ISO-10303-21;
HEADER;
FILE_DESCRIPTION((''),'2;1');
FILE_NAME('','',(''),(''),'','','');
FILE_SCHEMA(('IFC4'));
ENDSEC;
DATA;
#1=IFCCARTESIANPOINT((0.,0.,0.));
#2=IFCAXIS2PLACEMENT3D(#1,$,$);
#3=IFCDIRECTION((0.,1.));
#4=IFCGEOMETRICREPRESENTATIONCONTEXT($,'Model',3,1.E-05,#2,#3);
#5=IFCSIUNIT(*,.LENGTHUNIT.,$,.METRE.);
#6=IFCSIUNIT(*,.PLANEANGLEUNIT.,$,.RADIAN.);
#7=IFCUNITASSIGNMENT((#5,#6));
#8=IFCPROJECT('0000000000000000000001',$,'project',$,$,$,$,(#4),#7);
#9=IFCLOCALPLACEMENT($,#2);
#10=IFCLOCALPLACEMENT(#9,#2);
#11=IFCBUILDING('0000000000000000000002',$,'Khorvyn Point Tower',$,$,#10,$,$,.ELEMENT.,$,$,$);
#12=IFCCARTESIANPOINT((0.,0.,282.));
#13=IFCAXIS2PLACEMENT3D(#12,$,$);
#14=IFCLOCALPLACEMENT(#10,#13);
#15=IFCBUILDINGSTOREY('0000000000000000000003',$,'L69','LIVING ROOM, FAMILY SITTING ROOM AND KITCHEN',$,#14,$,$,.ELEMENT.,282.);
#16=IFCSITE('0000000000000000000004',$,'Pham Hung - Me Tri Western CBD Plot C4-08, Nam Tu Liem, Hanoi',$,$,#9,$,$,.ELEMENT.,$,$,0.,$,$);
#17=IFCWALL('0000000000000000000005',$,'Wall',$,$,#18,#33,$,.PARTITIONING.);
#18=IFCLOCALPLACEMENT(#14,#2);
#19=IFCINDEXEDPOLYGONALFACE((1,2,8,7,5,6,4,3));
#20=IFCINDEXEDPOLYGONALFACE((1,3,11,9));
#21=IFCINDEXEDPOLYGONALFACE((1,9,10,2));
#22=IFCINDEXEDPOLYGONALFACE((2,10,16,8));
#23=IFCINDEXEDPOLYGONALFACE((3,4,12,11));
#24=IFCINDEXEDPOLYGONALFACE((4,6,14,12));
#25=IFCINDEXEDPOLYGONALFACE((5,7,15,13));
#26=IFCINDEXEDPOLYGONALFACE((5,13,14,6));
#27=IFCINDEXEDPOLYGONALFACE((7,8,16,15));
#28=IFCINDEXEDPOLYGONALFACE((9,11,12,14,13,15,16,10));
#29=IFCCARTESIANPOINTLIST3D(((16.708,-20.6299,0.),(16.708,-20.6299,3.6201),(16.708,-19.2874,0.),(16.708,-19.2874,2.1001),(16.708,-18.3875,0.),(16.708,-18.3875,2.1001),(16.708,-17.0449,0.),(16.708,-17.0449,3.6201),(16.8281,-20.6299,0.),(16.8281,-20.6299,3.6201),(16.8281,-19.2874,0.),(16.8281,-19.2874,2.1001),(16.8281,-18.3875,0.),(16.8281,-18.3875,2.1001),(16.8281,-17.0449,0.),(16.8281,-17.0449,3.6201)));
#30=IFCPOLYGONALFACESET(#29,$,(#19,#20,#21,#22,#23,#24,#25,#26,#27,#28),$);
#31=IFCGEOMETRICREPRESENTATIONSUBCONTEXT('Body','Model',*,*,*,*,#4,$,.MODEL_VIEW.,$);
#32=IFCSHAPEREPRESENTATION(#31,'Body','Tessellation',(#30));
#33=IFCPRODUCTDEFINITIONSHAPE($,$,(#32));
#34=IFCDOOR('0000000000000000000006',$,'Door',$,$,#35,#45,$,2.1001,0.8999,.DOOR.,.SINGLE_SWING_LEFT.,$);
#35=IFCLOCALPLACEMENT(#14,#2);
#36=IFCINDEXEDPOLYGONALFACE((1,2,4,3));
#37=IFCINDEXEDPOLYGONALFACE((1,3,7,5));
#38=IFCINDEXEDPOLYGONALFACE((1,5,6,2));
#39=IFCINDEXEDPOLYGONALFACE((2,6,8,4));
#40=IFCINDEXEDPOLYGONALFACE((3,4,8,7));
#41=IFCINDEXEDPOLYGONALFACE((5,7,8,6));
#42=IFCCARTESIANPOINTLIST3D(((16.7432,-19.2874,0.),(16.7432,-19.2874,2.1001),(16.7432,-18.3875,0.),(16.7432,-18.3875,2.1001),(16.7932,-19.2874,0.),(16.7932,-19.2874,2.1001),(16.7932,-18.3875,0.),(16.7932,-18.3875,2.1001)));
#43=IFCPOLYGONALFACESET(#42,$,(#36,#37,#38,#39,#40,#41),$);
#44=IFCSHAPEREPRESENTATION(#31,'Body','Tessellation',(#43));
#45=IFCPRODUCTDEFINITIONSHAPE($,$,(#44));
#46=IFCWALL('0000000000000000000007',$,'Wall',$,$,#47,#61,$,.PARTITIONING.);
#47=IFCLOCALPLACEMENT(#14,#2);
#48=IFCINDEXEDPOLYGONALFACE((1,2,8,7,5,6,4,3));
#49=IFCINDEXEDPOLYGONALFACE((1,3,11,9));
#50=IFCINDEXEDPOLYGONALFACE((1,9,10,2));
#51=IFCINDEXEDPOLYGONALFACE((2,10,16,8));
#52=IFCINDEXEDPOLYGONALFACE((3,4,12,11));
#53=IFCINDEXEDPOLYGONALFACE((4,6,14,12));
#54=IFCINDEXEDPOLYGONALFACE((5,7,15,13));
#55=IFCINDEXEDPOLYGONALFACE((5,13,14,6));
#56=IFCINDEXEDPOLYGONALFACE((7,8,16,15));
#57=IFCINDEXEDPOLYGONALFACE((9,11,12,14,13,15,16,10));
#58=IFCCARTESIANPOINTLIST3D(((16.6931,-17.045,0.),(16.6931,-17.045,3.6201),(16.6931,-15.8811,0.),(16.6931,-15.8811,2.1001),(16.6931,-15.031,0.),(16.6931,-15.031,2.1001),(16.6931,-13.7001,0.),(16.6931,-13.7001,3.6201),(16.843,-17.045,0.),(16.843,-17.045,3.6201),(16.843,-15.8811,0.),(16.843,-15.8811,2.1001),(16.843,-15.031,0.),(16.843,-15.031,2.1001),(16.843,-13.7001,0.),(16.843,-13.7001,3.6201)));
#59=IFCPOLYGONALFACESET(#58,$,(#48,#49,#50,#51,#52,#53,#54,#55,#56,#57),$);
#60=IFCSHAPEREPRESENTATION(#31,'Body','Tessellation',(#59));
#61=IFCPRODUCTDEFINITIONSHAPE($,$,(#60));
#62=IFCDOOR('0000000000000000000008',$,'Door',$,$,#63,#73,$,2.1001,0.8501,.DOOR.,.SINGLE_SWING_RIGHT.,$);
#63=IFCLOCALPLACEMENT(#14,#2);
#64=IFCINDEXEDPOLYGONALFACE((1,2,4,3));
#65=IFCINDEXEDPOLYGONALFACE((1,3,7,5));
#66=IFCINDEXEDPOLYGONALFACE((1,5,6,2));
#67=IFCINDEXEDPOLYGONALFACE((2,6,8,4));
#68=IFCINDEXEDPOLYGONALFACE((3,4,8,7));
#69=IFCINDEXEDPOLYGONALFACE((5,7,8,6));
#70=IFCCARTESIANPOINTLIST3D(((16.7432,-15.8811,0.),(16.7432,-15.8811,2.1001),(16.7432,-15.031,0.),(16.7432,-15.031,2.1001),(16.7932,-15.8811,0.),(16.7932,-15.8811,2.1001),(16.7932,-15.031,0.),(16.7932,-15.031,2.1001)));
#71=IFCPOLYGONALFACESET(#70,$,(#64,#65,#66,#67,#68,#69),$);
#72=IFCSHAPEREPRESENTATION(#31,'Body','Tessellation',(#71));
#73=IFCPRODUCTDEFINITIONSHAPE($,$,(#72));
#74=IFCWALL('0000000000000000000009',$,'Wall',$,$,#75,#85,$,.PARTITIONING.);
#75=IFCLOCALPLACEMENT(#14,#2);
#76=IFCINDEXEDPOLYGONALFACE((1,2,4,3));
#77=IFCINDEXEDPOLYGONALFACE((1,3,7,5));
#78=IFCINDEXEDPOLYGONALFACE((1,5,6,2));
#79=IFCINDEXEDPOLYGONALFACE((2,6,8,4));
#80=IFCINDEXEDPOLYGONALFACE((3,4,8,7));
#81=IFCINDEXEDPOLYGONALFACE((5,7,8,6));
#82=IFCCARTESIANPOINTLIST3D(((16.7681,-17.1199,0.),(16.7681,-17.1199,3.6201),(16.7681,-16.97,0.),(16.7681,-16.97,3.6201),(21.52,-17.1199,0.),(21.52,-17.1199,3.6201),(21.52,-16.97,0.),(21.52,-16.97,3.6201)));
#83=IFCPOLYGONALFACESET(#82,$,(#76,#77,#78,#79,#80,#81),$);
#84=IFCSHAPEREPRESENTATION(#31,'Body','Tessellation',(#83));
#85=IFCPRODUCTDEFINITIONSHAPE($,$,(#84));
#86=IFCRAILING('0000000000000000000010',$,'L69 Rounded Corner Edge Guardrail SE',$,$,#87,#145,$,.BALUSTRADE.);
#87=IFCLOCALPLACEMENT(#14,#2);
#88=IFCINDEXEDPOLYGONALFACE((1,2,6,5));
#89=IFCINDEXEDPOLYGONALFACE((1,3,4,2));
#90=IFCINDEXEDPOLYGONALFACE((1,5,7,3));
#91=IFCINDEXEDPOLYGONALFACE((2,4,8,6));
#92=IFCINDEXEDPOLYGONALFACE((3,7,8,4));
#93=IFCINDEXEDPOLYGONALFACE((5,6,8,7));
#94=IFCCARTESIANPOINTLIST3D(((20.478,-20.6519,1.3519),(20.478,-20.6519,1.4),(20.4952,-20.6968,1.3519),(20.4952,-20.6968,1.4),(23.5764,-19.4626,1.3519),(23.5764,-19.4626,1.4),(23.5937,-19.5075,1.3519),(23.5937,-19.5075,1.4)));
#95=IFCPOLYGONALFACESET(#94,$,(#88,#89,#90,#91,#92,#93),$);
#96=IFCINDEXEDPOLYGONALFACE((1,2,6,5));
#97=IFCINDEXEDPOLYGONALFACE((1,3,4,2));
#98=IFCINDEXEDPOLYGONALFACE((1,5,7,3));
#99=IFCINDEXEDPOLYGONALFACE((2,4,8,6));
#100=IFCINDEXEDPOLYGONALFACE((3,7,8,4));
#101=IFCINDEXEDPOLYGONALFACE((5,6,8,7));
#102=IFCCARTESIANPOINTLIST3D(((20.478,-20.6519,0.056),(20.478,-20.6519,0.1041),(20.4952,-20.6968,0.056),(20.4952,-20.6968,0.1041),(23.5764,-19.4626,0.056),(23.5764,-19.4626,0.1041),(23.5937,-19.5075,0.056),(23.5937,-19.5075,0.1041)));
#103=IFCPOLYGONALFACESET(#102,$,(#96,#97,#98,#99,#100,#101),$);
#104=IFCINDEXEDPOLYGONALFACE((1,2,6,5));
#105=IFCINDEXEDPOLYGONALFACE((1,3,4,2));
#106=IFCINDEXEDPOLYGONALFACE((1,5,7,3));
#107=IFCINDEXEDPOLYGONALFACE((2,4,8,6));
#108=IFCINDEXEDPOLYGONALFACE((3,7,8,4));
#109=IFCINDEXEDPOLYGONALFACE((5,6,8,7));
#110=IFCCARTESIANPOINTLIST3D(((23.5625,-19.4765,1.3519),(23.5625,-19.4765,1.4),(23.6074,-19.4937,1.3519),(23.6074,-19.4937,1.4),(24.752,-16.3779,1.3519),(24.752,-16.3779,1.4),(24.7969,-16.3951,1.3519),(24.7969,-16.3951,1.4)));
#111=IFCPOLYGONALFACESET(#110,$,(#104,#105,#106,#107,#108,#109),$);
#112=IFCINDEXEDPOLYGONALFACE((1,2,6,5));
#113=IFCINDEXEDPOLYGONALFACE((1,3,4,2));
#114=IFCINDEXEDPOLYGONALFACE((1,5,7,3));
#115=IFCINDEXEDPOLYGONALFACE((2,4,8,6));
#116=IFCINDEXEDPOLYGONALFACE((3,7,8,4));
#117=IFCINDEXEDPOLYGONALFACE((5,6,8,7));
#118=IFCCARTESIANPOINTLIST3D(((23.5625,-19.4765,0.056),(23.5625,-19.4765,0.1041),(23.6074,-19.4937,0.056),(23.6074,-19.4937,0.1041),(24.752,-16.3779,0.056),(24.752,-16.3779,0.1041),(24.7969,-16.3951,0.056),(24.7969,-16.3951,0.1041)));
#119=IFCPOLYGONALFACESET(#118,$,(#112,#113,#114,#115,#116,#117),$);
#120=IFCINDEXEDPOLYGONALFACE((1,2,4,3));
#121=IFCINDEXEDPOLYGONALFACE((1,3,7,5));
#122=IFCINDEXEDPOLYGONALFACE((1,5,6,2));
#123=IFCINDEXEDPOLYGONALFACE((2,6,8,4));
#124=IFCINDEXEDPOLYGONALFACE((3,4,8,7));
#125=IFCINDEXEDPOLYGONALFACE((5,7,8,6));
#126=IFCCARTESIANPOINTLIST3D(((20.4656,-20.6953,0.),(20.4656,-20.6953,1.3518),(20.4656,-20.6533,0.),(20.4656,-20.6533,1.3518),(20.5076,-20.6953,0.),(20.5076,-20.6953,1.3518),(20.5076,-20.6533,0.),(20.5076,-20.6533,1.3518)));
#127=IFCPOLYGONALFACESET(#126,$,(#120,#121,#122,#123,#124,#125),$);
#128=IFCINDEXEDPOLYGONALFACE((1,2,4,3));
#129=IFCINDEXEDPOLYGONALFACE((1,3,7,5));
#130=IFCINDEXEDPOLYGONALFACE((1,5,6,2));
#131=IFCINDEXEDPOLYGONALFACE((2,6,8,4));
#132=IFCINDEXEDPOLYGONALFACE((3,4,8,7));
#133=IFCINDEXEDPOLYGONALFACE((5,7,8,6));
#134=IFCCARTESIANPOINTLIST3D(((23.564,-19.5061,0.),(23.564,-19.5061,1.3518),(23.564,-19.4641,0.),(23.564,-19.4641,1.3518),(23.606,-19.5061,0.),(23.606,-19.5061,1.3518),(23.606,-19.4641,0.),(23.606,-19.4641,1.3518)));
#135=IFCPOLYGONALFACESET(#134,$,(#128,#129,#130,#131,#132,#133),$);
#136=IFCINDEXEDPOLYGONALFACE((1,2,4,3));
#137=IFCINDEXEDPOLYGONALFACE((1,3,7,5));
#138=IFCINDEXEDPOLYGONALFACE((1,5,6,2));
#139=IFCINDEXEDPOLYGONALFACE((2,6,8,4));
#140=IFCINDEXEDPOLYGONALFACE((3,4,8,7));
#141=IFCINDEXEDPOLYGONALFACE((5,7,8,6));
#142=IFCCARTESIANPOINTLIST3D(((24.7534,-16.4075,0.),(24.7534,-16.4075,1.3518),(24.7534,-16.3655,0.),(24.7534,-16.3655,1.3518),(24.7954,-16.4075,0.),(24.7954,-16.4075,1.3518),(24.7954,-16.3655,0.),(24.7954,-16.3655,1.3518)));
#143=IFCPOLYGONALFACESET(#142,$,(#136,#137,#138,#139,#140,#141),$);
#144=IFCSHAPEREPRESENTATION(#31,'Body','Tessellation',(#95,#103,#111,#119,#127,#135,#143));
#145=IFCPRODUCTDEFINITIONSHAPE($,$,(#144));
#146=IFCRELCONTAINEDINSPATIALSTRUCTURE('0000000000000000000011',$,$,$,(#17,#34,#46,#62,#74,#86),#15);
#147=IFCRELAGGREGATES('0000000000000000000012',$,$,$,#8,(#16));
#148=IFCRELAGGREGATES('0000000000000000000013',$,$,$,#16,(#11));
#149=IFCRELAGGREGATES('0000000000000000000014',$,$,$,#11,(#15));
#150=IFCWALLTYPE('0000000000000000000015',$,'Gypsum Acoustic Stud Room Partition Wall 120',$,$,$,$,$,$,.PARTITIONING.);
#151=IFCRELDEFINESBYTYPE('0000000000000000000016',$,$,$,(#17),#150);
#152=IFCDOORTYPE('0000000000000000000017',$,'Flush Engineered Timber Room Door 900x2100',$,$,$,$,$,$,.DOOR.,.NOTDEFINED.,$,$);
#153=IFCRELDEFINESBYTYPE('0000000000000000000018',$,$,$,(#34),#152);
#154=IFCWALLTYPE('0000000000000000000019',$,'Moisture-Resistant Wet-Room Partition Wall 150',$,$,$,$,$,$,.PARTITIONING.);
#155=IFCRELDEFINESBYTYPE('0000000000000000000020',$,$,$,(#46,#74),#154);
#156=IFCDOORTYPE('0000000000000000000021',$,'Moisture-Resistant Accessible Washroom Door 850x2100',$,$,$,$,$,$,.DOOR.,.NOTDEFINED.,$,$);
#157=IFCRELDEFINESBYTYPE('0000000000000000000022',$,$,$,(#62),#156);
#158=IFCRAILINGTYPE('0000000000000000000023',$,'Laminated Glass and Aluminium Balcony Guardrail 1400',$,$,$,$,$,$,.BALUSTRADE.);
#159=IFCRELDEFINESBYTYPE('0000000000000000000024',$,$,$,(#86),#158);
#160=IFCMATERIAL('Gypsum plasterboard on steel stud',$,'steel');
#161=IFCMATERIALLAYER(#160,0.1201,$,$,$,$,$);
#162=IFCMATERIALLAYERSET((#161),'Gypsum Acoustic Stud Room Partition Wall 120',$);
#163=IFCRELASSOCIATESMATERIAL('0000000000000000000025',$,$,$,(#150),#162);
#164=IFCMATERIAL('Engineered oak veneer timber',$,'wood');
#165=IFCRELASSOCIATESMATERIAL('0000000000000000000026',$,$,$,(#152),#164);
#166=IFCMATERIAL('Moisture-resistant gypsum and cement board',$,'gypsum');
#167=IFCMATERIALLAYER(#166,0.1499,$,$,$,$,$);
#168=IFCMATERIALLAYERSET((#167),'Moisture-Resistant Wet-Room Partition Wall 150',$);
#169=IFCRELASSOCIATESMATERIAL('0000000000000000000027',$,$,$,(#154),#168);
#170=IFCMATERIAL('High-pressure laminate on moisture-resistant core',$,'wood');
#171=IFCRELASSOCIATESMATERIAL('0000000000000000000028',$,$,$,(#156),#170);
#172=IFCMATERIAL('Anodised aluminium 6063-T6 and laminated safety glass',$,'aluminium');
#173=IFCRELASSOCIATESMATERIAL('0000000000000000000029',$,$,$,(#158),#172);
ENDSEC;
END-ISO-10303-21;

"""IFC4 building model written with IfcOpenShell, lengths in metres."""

from ifc_helpers import new_model, si_unit, direction, frame, frame_2d, origin, origin_2d, place, context, subcontext, project, spatial, rectangle, extrude, material, layer, layer_set, type_object, element, fill, save


model = new_model("IFC4")

# Units and contexts
model_context = context("Model", 3, precision=1e-05, world=origin(), true_north=direction((0.0, 1.0)))
body_context = subcontext(model_context, "Body", "Model", "MODEL_VIEW")
ifc_project = project(units=[si_unit("LENGTHUNIT", "METRE"), si_unit("PLANEANGLEUNIT", "RADIAN")], contexts=[model_context])

# Site, building, storey
site_placement = place(None, origin())
site = spatial("IfcSite", under=ifc_project, at=site_placement, Name="Pham Hung - Me Tri Western CBD Plot C4-08, Nam Tu Liem, Hanoi", CompositionType="ELEMENT", RefElevation=0.0)
building_placement = place(site_placement, origin())
building = spatial("IfcBuilding", under=site, at=building_placement, Name="Khorvyn Point Tower", CompositionType="ELEMENT")
storey_placement = place(building_placement, frame((0.0, 0.0, 282.0)))
storey = spatial("IfcBuildingStorey", under=building, at=storey_placement, Name="L69", Description="LIVING ROOM, FAMILY SITTING ROOM AND KITCHEN", CompositionType="ELEMENT", Elevation=282.0)

# Walls, openings, doors
ifc_material_1 = material(Name="Gypsum plasterboard on steel stud", Category="steel")
ifc_layer_1 = layer(ifc_material_1, 0.1201)
ifc_layer_set_1 = layer_set([ifc_layer_1], Name="Gypsum Acoustic Stud Room Partition Wall 120")
wall_type_1 = type_object("IfcWallType", Name="Gypsum Acoustic Stud Room Partition Wall 120", PredefinedType="PARTITIONING", material=ifc_layer_set_1)
wall_1_placement = place(storey_placement, frame((16.7681, -20.6299, 0.0), z_axis=(0.0, 0.0, 1.0), x_axis=(0.0, 1.0, 0.0)))
wall_1 = element("IfcWall", 1, at=wall_1_placement, inside=storey, type_object=wall_type_1, Name="Wall", PredefinedType="PARTITIONING", context=body_context, shape_type="SweptSolid", body=[
    extrude(rectangle(XDim=3.585, YDim=0.1201, at=frame_2d((1.7925, 0.0))), origin(), (0.0, 0.0, 1.0), 3.6201),
])
opening_1_placement = place(wall_1_placement, frame((1.3425, 0.0, 0.0)))
opening_1 = element("IfcOpeningElement", 2, at=opening_1_placement, cuts=wall_1, PredefinedType="OPENING", context=body_context, shape_type="SweptSolid", body=[
    extrude(rectangle(XDim=0.8999, YDim=2.1001, at=frame_2d((0.45, 1.05))), frame((0.0, 0.0701, 0.0), z_axis=(0.0, -1.0, 0.0), x_axis=(1.0, 0.0, 0.0)), (0.0, 0.0, 1.0), 0.1401),
])
ifc_material_2 = material(Name="Engineered oak veneer timber", Category="wood")
door_type_1 = type_object("IfcDoorType", Name="Flush Engineered Timber Room Door 900x2100", OperationType="NOTDEFINED", PredefinedType="DOOR", material=ifc_material_2)
door_1_placement = place(opening_1_placement, origin())
door_1 = element("IfcDoor", 3, at=door_1_placement, inside=storey, type_object=door_type_1, Name="Door", OperationType="SINGLE_SWING_LEFT", OverallHeight=2.1001, OverallWidth=0.8999, PredefinedType="DOOR", context=body_context, shape_type="SweptSolid", body=[
    extrude(rectangle(XDim=0.8999, YDim=2.1001, at=frame_2d((0.45, 1.05))), frame((0.0, 0.0249, 0.0), z_axis=(0.0, -1.0, 0.0), x_axis=(1.0, 0.0, 0.0)), (0.0, 0.0, 1.0), 0.05),
])
fill(opening_1, door_1)
ifc_material_3 = material(Name="Moisture-resistant gypsum and cement board", Category="gypsum")
ifc_layer_2 = layer(ifc_material_3, 0.1499)
ifc_layer_set_2 = layer_set([ifc_layer_2], Name="Moisture-Resistant Wet-Room Partition Wall 150")
wall_type_2 = type_object("IfcWallType", Name="Moisture-Resistant Wet-Room Partition Wall 150", PredefinedType="PARTITIONING", material=ifc_layer_set_2)
wall_2_placement = place(storey_placement, frame((16.7681, -17.0449, 0.0), z_axis=(0.0, 0.0, 1.0), x_axis=(0.0, 1.0, 0.0)))
wall_2 = element("IfcWall", 4, at=wall_2_placement, inside=storey, type_object=wall_type_2, Name="Wall", PredefinedType="PARTITIONING", context=body_context, shape_type="SweptSolid", body=[
    extrude(rectangle(XDim=3.345, YDim=0.1499, at=frame_2d((1.6724, 0.0))), origin(), (0.0, 0.0, 1.0), 3.6201),
])
opening_2_placement = place(wall_2_placement, frame((1.1638, 0.0, 0.0)))
opening_2 = element("IfcOpeningElement", 5, at=opening_2_placement, cuts=wall_2, PredefinedType="OPENING", context=body_context, shape_type="SweptSolid", body=[
    extrude(rectangle(XDim=0.8501, YDim=2.1001, at=frame_2d((0.425, 1.05))), frame((0.0, 0.085, 0.0), z_axis=(0.0, -1.0, 0.0), x_axis=(1.0, 0.0, 0.0)), (0.0, 0.0, 1.0), 0.1699),
])
ifc_material_4 = material(Name="High-pressure laminate on moisture-resistant core", Category="wood")
door_type_2 = type_object("IfcDoorType", Name="Moisture-Resistant Accessible Washroom Door 850x2100", OperationType="NOTDEFINED", PredefinedType="DOOR", material=ifc_material_4)
door_2_placement = place(opening_2_placement, origin())
door_2 = element("IfcDoor", 6, at=door_2_placement, inside=storey, type_object=door_type_2, Name="Door", OperationType="SINGLE_SWING_RIGHT", OverallHeight=2.1001, OverallWidth=0.8501, PredefinedType="DOOR", context=body_context, shape_type="SweptSolid", body=[
    extrude(rectangle(XDim=0.8501, YDim=2.1001, at=frame_2d((0.425, 1.05))), frame((0.0, 0.0249, 0.0), z_axis=(0.0, -1.0, 0.0), x_axis=(1.0, 0.0, 0.0)), (0.0, 0.0, 1.0), 0.05),
])
fill(opening_2, door_2)

# Wall
wall_3_placement = place(storey_placement, frame((16.7681, -17.0449, 0.0), z_axis=(0.0, 0.0, 1.0), x_axis=(1.0, 0.0, 0.0)))
element("IfcWall", 7, at=wall_3_placement, inside=storey, type_object=wall_type_2, Name="Wall", PredefinedType="PARTITIONING", context=body_context, shape_type="SweptSolid", body=[
    extrude(rectangle(XDim=4.752, YDim=0.1499, at=frame_2d((2.376, 0.0))), origin(), (0.0, 0.0, 1.0), 3.6201),
])

# Railing
ifc_material_5 = material(Name="Anodised aluminium 6063-T6 and laminated safety glass", Category="aluminium")
railing_type = type_object("IfcRailingType", Name="Laminated Glass and Aluminium Balcony Guardrail 1400", PredefinedType="BALUSTRADE", material=ifc_material_5)
railing_placement = place(storey_placement, frame((20.4866, -20.6743, 0.0)))
element("IfcRailing", 8, at=railing_placement, inside=storey, type_object=railing_type, Name="L69 Rounded Corner Edge Guardrail SE", PredefinedType="BALUSTRADE", context=body_context, shape_type="SweptSolid", body=[
    extrude(rectangle(XDim=0.0481, YDim=0.0481, at=origin_2d()), frame((0.0, 0.0, 1.376), z_axis=(0.933596, 0.358328, 0.0), x_axis=(-0.358328, 0.933596, 0.0)), (0.0, 0.0, 1.0), 3.3188),
    extrude(rectangle(XDim=0.0481, YDim=0.0481, at=origin_2d()), frame((0.0, 0.0, 0.0801), z_axis=(0.933596, 0.358328, 0.0), x_axis=(-0.358328, 0.933596, 0.0)), (0.0, 0.0, 1.0), 3.3188),
    extrude(rectangle(XDim=0.0481, YDim=0.0481, at=origin_2d()), frame((3.0984, 1.1892, 1.376), z_axis=(0.358368, 0.93358, 0.0), x_axis=(-0.93358, 0.358368, 0.0)), (0.0, 0.0, 1.0), 3.3191),
    extrude(rectangle(XDim=0.0481, YDim=0.0481, at=origin_2d()), frame((3.0984, 1.1892, 0.0801), z_axis=(0.358368, 0.93358, 0.0), x_axis=(-0.93358, 0.358368, 0.0)), (0.0, 0.0, 1.0), 3.3191),
    extrude(rectangle(XDim=0.042, YDim=0.042, at=origin_2d()), origin(), (0.0, 0.0, 1.0), 1.3518),
    extrude(rectangle(XDim=0.042, YDim=0.042, at=origin_2d()), frame((3.0984, 1.1892, 0.0)), (0.0, 0.0, 1.0), 1.3518),
    extrude(rectangle(XDim=0.042, YDim=0.042, at=origin_2d()), frame((4.2878, 4.2878, 0.0)), (0.0, 0.0, 1.0), 1.3518),
])

save(model, "model.ifc")
